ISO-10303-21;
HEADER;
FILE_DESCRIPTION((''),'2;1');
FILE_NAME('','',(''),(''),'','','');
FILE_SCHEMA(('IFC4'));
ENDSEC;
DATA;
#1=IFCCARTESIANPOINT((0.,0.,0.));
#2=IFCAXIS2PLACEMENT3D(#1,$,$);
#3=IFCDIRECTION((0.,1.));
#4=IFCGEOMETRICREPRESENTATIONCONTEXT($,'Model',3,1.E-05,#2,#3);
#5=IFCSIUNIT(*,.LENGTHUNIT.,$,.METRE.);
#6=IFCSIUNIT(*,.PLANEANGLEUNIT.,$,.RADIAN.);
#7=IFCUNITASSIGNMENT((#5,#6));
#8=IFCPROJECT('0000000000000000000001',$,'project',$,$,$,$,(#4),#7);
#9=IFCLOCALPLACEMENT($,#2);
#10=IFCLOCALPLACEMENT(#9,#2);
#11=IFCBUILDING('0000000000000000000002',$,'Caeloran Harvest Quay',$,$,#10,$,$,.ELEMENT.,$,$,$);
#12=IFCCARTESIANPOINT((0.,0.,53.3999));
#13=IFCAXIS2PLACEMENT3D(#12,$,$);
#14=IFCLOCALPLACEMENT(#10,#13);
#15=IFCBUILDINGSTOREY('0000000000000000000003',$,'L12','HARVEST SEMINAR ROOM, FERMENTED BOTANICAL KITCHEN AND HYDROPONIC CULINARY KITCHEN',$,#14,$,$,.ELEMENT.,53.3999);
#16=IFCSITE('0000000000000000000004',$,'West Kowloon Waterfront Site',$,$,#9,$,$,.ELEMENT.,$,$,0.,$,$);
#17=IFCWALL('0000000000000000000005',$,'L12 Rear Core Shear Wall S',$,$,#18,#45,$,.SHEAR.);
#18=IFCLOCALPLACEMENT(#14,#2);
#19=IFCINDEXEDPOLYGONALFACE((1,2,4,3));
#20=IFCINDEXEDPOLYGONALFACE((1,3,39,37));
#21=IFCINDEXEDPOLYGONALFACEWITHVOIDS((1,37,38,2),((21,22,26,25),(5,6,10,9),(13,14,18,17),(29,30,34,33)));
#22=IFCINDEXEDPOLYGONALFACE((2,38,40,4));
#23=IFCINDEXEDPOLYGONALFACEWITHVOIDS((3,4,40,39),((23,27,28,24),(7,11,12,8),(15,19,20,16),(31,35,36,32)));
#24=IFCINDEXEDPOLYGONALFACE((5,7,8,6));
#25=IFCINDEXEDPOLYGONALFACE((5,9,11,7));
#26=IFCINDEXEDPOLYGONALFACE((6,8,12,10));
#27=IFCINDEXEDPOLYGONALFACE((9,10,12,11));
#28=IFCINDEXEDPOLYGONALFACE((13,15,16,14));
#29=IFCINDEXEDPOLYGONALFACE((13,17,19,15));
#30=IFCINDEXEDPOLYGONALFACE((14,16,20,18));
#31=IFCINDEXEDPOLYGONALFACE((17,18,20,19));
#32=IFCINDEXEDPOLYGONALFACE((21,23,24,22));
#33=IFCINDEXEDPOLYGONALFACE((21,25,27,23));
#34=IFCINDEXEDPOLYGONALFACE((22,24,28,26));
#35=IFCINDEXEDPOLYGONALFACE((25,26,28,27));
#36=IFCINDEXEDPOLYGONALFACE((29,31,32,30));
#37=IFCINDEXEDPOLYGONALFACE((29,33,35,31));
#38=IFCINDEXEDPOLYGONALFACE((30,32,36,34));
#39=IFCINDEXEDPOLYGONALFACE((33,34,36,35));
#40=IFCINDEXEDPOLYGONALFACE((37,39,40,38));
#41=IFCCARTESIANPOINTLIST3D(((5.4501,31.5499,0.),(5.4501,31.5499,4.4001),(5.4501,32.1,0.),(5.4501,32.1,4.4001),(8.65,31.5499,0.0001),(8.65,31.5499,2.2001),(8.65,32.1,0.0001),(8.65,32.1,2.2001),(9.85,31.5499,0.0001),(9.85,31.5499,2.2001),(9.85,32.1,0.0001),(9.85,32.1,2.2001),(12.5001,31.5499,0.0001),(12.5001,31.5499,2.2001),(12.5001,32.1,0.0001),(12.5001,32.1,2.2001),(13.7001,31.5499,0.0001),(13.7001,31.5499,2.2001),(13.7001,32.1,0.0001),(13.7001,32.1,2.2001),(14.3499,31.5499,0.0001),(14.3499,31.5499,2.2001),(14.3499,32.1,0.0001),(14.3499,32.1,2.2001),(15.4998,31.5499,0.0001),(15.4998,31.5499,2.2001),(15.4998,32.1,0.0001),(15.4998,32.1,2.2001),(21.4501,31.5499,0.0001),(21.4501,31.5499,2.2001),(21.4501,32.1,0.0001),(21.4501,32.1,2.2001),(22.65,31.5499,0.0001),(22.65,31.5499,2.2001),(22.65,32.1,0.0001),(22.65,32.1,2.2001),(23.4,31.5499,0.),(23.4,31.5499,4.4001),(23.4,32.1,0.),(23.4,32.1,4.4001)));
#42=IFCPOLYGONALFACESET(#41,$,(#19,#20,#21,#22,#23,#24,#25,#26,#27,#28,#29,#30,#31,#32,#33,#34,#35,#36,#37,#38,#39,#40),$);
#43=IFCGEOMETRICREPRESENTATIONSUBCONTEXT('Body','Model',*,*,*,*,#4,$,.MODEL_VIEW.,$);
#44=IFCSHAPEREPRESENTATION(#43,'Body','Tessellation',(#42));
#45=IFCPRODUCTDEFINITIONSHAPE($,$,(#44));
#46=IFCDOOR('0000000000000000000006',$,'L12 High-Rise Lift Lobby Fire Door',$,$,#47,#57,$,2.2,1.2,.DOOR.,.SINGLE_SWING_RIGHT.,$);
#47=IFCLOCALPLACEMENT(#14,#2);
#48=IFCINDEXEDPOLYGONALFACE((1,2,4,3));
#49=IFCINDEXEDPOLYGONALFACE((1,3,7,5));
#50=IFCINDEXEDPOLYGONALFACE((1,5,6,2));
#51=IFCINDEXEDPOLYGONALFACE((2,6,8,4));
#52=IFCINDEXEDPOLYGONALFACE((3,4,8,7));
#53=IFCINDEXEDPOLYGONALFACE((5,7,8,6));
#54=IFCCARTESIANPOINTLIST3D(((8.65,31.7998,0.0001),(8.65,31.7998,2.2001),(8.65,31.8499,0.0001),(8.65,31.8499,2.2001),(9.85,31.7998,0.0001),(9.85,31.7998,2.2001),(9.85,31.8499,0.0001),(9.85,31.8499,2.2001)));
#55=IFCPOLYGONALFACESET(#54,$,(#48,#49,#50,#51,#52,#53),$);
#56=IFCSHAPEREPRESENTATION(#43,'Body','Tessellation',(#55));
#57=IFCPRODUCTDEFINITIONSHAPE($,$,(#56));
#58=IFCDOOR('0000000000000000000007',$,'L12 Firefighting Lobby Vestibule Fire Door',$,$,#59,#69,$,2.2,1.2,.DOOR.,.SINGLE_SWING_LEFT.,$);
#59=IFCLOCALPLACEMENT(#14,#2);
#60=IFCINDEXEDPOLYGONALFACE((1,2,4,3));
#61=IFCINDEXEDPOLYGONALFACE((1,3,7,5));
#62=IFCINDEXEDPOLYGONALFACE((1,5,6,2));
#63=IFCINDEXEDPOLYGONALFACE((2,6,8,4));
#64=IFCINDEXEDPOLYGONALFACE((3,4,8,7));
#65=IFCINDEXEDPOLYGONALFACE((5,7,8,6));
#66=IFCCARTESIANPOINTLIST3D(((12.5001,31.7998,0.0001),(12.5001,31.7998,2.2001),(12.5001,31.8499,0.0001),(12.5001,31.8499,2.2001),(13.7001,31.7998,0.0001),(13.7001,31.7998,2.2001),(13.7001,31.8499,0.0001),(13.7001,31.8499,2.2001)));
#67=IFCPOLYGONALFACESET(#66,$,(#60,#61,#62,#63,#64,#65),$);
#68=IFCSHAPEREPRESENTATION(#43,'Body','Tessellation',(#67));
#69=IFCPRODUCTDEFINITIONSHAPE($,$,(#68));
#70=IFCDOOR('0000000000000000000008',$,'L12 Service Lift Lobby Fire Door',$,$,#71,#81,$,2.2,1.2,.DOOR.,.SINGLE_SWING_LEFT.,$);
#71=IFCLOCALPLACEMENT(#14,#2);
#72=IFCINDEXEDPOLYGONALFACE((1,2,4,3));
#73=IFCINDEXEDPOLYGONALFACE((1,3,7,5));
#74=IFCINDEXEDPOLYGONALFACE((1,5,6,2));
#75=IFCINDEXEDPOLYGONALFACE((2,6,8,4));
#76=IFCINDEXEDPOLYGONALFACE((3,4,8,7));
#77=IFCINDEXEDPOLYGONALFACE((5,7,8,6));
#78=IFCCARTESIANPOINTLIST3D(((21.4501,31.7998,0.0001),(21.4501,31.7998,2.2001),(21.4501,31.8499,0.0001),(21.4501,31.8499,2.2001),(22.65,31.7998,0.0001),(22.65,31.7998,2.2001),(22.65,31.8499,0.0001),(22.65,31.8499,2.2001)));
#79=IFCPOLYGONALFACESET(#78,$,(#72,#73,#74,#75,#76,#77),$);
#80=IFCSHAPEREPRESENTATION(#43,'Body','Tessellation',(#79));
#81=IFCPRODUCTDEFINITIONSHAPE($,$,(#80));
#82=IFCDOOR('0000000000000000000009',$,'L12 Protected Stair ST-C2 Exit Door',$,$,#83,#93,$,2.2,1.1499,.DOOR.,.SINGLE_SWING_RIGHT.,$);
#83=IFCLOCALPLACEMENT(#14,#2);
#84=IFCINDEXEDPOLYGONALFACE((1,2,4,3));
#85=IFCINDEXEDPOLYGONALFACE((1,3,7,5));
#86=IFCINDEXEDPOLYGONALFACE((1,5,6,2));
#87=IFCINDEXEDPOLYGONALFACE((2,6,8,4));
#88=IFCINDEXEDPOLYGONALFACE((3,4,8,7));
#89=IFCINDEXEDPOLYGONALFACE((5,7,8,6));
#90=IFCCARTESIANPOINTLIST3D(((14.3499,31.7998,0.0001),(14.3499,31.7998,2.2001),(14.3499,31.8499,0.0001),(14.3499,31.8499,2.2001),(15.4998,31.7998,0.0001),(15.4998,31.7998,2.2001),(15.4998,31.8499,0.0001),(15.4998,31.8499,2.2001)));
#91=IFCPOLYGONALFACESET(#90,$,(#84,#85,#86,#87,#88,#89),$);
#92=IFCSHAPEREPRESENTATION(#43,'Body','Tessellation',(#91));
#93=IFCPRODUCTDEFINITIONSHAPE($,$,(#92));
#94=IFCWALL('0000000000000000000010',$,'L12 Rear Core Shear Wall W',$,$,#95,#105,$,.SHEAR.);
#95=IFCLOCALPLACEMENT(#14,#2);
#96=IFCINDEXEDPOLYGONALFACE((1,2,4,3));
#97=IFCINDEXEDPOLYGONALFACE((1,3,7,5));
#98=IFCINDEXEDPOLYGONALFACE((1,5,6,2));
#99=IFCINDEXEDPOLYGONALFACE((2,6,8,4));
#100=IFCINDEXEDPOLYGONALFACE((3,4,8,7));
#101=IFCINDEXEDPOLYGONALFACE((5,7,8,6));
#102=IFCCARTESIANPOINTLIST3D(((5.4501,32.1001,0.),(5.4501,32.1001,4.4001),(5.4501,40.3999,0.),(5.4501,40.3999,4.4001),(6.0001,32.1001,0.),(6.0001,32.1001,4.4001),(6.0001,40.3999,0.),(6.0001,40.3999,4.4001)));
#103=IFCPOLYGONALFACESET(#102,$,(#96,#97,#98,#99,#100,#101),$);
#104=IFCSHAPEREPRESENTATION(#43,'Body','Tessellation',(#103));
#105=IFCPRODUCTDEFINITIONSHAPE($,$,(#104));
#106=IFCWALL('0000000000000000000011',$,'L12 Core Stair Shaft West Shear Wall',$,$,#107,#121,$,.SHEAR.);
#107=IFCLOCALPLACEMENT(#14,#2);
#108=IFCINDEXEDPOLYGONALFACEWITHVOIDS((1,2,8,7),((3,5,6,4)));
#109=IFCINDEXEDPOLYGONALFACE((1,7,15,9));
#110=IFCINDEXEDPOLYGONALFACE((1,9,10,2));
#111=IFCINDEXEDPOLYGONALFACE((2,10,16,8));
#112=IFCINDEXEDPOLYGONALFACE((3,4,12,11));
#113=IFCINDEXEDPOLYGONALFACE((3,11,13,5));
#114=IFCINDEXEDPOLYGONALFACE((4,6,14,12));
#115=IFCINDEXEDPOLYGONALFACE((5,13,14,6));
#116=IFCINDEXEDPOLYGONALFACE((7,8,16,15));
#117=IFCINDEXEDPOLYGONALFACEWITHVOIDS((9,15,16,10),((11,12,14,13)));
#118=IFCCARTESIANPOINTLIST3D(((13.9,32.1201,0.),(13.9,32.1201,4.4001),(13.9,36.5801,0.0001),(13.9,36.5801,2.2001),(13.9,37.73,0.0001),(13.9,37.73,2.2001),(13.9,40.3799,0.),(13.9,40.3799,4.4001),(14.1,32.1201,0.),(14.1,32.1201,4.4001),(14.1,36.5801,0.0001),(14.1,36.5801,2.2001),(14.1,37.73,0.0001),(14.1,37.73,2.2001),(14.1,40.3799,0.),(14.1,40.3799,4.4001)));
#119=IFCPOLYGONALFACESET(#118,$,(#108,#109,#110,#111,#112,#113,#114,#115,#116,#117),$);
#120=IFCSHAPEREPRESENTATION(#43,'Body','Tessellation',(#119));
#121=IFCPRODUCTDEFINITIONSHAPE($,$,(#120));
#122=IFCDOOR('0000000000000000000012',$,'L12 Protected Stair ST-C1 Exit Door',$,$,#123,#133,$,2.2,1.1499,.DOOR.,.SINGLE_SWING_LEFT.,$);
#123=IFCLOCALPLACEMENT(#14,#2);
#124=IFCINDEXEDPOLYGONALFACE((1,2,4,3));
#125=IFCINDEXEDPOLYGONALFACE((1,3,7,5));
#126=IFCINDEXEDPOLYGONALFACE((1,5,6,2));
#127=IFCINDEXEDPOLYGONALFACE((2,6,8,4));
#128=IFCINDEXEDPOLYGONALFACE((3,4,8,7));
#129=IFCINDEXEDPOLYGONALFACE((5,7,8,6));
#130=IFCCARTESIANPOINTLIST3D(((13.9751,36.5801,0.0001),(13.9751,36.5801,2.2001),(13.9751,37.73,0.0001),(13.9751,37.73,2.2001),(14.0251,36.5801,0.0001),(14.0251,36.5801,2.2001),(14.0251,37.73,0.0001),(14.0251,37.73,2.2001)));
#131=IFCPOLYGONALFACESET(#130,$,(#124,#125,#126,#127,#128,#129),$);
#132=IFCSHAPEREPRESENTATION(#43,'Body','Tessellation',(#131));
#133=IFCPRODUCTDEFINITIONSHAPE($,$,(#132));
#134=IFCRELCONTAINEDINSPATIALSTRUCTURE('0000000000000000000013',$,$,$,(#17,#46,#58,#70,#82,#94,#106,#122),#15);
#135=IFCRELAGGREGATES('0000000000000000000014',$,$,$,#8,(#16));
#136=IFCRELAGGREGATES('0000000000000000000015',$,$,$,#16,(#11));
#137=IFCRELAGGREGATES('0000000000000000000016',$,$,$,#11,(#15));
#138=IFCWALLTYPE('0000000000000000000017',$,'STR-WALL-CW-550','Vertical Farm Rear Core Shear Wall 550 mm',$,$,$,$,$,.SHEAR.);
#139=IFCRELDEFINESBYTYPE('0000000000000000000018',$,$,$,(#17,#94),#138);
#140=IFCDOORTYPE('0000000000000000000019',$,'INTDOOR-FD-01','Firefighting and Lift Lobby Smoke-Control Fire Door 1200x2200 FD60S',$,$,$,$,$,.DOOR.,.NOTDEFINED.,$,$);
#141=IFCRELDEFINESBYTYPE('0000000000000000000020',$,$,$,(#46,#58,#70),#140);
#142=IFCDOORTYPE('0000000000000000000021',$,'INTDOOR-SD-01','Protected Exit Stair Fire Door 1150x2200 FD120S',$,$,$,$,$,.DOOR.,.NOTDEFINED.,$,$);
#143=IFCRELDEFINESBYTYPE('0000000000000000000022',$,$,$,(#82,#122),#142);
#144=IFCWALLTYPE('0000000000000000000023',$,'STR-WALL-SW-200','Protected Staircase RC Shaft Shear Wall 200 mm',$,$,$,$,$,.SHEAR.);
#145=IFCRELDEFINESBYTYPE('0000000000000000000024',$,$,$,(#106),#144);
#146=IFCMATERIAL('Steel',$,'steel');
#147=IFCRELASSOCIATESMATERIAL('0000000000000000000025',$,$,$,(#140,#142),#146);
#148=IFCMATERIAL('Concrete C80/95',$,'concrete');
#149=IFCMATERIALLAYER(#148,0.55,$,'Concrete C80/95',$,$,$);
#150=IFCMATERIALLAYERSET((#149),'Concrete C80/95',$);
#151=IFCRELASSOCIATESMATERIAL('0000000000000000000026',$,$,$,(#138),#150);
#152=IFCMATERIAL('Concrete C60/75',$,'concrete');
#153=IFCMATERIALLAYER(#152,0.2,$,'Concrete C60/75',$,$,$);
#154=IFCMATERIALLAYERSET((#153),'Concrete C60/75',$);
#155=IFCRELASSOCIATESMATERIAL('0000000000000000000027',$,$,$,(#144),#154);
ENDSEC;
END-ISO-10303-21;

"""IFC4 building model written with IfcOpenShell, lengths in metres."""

from ifc_helpers import new_model, si_unit, direction, frame, frame_2d, origin, place, context, subcontext, project, spatial, rectangle, extrude, material, layer, layer_set, type_object, element, fill, save


model = new_model("IFC4")

# Units and contexts
model_context = context("Model", 3, precision=1e-05, world=origin(), true_north=direction((0.0, 1.0)))
body_context = subcontext(model_context, "Body", "Model", "MODEL_VIEW")
ifc_project = project(units=[si_unit("LENGTHUNIT", "METRE"), si_unit("PLANEANGLEUNIT", "RADIAN")], contexts=[model_context])

# Site, building, storey
site_placement = place(None, origin())
site = spatial("IfcSite", under=ifc_project, at=site_placement, Name="West Kowloon Waterfront Site", CompositionType="ELEMENT", RefElevation=0.0)
building_placement = place(site_placement, origin())
building = spatial("IfcBuilding", under=site, at=building_placement, Name="Caeloran Harvest Quay", CompositionType="ELEMENT")
storey_placement = place(building_placement, frame((0.0, 0.0, 53.3999)))
storey = spatial("IfcBuildingStorey", under=building, at=storey_placement, Name="L12", Description="HARVEST SEMINAR ROOM, FERMENTED BOTANICAL KITCHEN AND HYDROPONIC CULINARY KITCHEN", CompositionType="ELEMENT", Elevation=53.3999)

# Shared definitions
ifc_material_1 = material(Name="Concrete C80/95", Category="concrete")

# Shared definitions
ifc_material_2 = material(Name="Steel", Category="steel")
door_type_1 = type_object("IfcDoorType", Name="INTDOOR-FD-01", Description="Firefighting and Lift Lobby Smoke-Control Fire Door 1200x2200 FD60S", OperationType="NOTDEFINED", PredefinedType="DOOR", material=ifc_material_2)

# Wall, openings, doors
ifc_layer_1 = layer(ifc_material_1, 0.55, Name="Concrete C80/95")
ifc_layer_set_1 = layer_set([ifc_layer_1], Name="Concrete C80/95")
wall_type_1 = type_object("IfcWallType", Name="STR-WALL-CW-550", Description="Vertical Farm Rear Core Shear Wall 550 mm", PredefinedType="SHEAR", material=ifc_layer_set_1)
wall_1_placement = place(storey_placement, frame((5.45, 31.825, 0.0), z_axis=(0.0, 0.0, 1.0), x_axis=(1.0, 0.0, 0.0)))
wall_1 = element("IfcWall", 1, at=wall_1_placement, inside=storey, type_object=wall_type_1, Name="L12 Rear Core Shear Wall S", PredefinedType="SHEAR", context=body_context, shape_type="SweptSolid", body=[
    extrude(rectangle(XDim=17.95, YDim=0.55, at=frame_2d((8.9751, 0.0))), origin(), (0.0, 0.0, 1.0), 4.4001),
])
opening_1_placement = place(wall_1_placement, frame((3.2, 0.0, 0.0)))
opening_1 = element("IfcOpeningElement", 2, at=opening_1_placement, cuts=wall_1, PredefinedType="OPENING", context=body_context, shape_type="SweptSolid", body=[
    extrude(rectangle(XDim=1.2, YDim=2.2, at=frame_2d((0.6001, 1.1001))), frame((0.0, 0.2852, 0.0), z_axis=(0.0, -1.0, 0.0), x_axis=(1.0, 0.0, 0.0)), (0.0, 0.0, 1.0), 0.5701),
])
opening_2_placement = place(wall_1_placement, frame((7.05, 0.0, 0.0)))
opening_2 = element("IfcOpeningElement", 3, at=opening_2_placement, cuts=wall_1, PredefinedType="OPENING", context=body_context, shape_type="SweptSolid", body=[
    extrude(rectangle(XDim=1.2, YDim=2.2, at=frame_2d((0.6001, 1.1001))), frame((0.0, 0.2852, 0.0), z_axis=(0.0, -1.0, 0.0), x_axis=(1.0, 0.0, 0.0)), (0.0, 0.0, 1.0), 0.5701),
])
opening_3_placement = place(wall_1_placement, frame((8.8999, 0.0, 0.0)))
opening_3 = element("IfcOpeningElement", 4, at=opening_3_placement, cuts=wall_1, PredefinedType="OPENING", context=body_context, shape_type="SweptSolid", body=[
    extrude(rectangle(XDim=1.1499, YDim=2.2, at=frame_2d((0.575, 1.1001))), frame((0.0, 0.2852, 0.0), z_axis=(0.0, -1.0, 0.0), x_axis=(1.0, 0.0, 0.0)), (0.0, 0.0, 1.0), 0.5701),
])
opening_4_placement = place(wall_1_placement, frame((16.0, 0.0, 0.0)))
opening_4 = element("IfcOpeningElement", 5, at=opening_4_placement, cuts=wall_1, PredefinedType="OPENING", context=body_context, shape_type="SweptSolid", body=[
    extrude(rectangle(XDim=1.2, YDim=2.2, at=frame_2d((0.6001, 1.1001))), frame((0.0, 0.2852, 0.0), z_axis=(0.0, -1.0, 0.0), x_axis=(1.0, 0.0, 0.0)), (0.0, 0.0, 1.0), 0.5701),
])
door_1_placement = place(opening_1_placement, origin())
door_1 = element("IfcDoor", 6, at=door_1_placement, inside=storey, type_object=door_type_1, Name="L12 High-Rise Lift Lobby Fire Door", OperationType="SINGLE_SWING_RIGHT", OverallHeight=2.2, OverallWidth=1.2, PredefinedType="DOOR", context=body_context, shape_type="SweptSolid", body=[
    extrude(rectangle(XDim=1.2, YDim=2.2, at=frame_2d((0.6001, 1.1001))), frame((0.0, 0.0249, 0.0), z_axis=(0.0, -1.0, 0.0), x_axis=(1.0, 0.0, 0.0)), (0.0, 0.0, 1.0), 0.05),
])
fill(opening_1, door_1)
door_2_placement = place(opening_2_placement, origin())
door_2 = element("IfcDoor", 7, at=door_2_placement, inside=storey, type_object=door_type_1, Name="L12 Firefighting Lobby Vestibule Fire Door", OperationType="SINGLE_SWING_LEFT", OverallHeight=2.2, OverallWidth=1.2, PredefinedType="DOOR", context=body_context, shape_type="SweptSolid", body=[
    extrude(rectangle(XDim=1.2, YDim=2.2, at=frame_2d((0.6001, 1.1001))), frame((0.0, 0.0249, 0.0), z_axis=(0.0, -1.0, 0.0), x_axis=(1.0, 0.0, 0.0)), (0.0, 0.0, 1.0), 0.05),
])
fill(opening_2, door_2)
door_3_placement = place(opening_4_placement, origin())
door_3 = element("IfcDoor", 8, at=door_3_placement, inside=storey, type_object=door_type_1, Name="L12 Service Lift Lobby Fire Door", OperationType="SINGLE_SWING_LEFT", OverallHeight=2.2, OverallWidth=1.2, PredefinedType="DOOR", context=body_context, shape_type="SweptSolid", body=[
    extrude(rectangle(XDim=1.2, YDim=2.2, at=frame_2d((0.6001, 1.1001))), frame((0.0, 0.0249, 0.0), z_axis=(0.0, -1.0, 0.0), x_axis=(1.0, 0.0, 0.0)), (0.0, 0.0, 1.0), 0.05),
])
fill(opening_4, door_3)
door_type_2 = type_object("IfcDoorType", Name="INTDOOR-SD-01", Description="Protected Exit Stair Fire Door 1150x2200 FD120S", OperationType="NOTDEFINED", PredefinedType="DOOR", material=ifc_material_2)
door_4_placement = place(opening_3_placement, origin())
door_4 = element("IfcDoor", 9, at=door_4_placement, inside=storey, type_object=door_type_2, Name="L12 Protected Stair ST-C2 Exit Door", OperationType="SINGLE_SWING_RIGHT", OverallHeight=2.2, OverallWidth=1.1499, PredefinedType="DOOR", context=body_context, shape_type="SweptSolid", body=[
    extrude(rectangle(XDim=1.1499, YDim=2.2, at=frame_2d((0.575, 1.1001))), frame((0.0, 0.0249, 0.0), z_axis=(0.0, -1.0, 0.0), x_axis=(1.0, 0.0, 0.0)), (0.0, 0.0, 1.0), 0.05),
])
fill(opening_3, door_4)

# Wall
wall_2_placement = place(storey_placement, frame((5.7251, 32.1001, 0.0), z_axis=(0.0, 0.0, 1.0), x_axis=(0.0, 1.0, 0.0)))
element("IfcWall", 10, at=wall_2_placement, inside=storey, type_object=wall_type_1, Name="L12 Rear Core Shear Wall W", PredefinedType="SHEAR", context=body_context, shape_type="SweptSolid", body=[
    extrude(rectangle(XDim=8.2998, YDim=0.55, at=frame_2d((4.1499, 0.0))), origin(), (0.0, 0.0, 1.0), 4.4001),
])

# Wall, opening, door
ifc_material_3 = material(Name="Concrete C60/75", Category="concrete")
ifc_layer_2 = layer(ifc_material_3, 0.2, Name="Concrete C60/75")
ifc_layer_set_2 = layer_set([ifc_layer_2], Name="Concrete C60/75")
wall_type_2 = type_object("IfcWallType", Name="STR-WALL-SW-200", Description="Protected Staircase RC Shaft Shear Wall 200 mm", PredefinedType="SHEAR", material=ifc_layer_set_2)
wall_3_placement = place(storey_placement, frame((14.0, 32.1201, 0.0), z_axis=(0.0, 0.0, 1.0), x_axis=(0.0, 1.0, 0.0)))
wall_3 = element("IfcWall", 11, at=wall_3_placement, inside=storey, type_object=wall_type_2, Name="L12 Core Stair Shaft West Shear Wall", PredefinedType="SHEAR", context=body_context, shape_type="SweptSolid", body=[
    extrude(rectangle(XDim=8.2598, YDim=0.2, at=frame_2d((4.1299, 0.0))), origin(), (0.0, 0.0, 1.0), 4.4001),
])
opening_5_placement = place(wall_3_placement, frame((4.46, 0.0, 0.0)))
opening_5 = element("IfcOpeningElement", 12, at=opening_5_placement, cuts=wall_3, PredefinedType="OPENING", context=body_context, shape_type="SweptSolid", body=[
    extrude(rectangle(XDim=1.1499, YDim=2.2, at=frame_2d((0.575, 1.1001))), frame((0.0, 0.1099, 0.0), z_axis=(0.0, -1.0, 0.0), x_axis=(1.0, 0.0, 0.0)), (0.0, 0.0, 1.0), 0.22),
])
door_5_placement = place(opening_5_placement, origin())
door_5 = element("IfcDoor", 13, at=door_5_placement, inside=storey, type_object=door_type_2, Name="L12 Protected Stair ST-C1 Exit Door", OperationType="SINGLE_SWING_LEFT", OverallHeight=2.2, OverallWidth=1.1499, PredefinedType="DOOR", context=body_context, shape_type="SweptSolid", body=[
    extrude(rectangle(XDim=1.1499, YDim=2.2, at=frame_2d((0.575, 1.1001))), frame((0.0, 0.0249, 0.0), z_axis=(0.0, -1.0, 0.0), x_axis=(1.0, 0.0, 0.0)), (0.0, 0.0, 1.0), 0.05),
])
fill(opening_5, door_5)

save(model, "model.ifc")
